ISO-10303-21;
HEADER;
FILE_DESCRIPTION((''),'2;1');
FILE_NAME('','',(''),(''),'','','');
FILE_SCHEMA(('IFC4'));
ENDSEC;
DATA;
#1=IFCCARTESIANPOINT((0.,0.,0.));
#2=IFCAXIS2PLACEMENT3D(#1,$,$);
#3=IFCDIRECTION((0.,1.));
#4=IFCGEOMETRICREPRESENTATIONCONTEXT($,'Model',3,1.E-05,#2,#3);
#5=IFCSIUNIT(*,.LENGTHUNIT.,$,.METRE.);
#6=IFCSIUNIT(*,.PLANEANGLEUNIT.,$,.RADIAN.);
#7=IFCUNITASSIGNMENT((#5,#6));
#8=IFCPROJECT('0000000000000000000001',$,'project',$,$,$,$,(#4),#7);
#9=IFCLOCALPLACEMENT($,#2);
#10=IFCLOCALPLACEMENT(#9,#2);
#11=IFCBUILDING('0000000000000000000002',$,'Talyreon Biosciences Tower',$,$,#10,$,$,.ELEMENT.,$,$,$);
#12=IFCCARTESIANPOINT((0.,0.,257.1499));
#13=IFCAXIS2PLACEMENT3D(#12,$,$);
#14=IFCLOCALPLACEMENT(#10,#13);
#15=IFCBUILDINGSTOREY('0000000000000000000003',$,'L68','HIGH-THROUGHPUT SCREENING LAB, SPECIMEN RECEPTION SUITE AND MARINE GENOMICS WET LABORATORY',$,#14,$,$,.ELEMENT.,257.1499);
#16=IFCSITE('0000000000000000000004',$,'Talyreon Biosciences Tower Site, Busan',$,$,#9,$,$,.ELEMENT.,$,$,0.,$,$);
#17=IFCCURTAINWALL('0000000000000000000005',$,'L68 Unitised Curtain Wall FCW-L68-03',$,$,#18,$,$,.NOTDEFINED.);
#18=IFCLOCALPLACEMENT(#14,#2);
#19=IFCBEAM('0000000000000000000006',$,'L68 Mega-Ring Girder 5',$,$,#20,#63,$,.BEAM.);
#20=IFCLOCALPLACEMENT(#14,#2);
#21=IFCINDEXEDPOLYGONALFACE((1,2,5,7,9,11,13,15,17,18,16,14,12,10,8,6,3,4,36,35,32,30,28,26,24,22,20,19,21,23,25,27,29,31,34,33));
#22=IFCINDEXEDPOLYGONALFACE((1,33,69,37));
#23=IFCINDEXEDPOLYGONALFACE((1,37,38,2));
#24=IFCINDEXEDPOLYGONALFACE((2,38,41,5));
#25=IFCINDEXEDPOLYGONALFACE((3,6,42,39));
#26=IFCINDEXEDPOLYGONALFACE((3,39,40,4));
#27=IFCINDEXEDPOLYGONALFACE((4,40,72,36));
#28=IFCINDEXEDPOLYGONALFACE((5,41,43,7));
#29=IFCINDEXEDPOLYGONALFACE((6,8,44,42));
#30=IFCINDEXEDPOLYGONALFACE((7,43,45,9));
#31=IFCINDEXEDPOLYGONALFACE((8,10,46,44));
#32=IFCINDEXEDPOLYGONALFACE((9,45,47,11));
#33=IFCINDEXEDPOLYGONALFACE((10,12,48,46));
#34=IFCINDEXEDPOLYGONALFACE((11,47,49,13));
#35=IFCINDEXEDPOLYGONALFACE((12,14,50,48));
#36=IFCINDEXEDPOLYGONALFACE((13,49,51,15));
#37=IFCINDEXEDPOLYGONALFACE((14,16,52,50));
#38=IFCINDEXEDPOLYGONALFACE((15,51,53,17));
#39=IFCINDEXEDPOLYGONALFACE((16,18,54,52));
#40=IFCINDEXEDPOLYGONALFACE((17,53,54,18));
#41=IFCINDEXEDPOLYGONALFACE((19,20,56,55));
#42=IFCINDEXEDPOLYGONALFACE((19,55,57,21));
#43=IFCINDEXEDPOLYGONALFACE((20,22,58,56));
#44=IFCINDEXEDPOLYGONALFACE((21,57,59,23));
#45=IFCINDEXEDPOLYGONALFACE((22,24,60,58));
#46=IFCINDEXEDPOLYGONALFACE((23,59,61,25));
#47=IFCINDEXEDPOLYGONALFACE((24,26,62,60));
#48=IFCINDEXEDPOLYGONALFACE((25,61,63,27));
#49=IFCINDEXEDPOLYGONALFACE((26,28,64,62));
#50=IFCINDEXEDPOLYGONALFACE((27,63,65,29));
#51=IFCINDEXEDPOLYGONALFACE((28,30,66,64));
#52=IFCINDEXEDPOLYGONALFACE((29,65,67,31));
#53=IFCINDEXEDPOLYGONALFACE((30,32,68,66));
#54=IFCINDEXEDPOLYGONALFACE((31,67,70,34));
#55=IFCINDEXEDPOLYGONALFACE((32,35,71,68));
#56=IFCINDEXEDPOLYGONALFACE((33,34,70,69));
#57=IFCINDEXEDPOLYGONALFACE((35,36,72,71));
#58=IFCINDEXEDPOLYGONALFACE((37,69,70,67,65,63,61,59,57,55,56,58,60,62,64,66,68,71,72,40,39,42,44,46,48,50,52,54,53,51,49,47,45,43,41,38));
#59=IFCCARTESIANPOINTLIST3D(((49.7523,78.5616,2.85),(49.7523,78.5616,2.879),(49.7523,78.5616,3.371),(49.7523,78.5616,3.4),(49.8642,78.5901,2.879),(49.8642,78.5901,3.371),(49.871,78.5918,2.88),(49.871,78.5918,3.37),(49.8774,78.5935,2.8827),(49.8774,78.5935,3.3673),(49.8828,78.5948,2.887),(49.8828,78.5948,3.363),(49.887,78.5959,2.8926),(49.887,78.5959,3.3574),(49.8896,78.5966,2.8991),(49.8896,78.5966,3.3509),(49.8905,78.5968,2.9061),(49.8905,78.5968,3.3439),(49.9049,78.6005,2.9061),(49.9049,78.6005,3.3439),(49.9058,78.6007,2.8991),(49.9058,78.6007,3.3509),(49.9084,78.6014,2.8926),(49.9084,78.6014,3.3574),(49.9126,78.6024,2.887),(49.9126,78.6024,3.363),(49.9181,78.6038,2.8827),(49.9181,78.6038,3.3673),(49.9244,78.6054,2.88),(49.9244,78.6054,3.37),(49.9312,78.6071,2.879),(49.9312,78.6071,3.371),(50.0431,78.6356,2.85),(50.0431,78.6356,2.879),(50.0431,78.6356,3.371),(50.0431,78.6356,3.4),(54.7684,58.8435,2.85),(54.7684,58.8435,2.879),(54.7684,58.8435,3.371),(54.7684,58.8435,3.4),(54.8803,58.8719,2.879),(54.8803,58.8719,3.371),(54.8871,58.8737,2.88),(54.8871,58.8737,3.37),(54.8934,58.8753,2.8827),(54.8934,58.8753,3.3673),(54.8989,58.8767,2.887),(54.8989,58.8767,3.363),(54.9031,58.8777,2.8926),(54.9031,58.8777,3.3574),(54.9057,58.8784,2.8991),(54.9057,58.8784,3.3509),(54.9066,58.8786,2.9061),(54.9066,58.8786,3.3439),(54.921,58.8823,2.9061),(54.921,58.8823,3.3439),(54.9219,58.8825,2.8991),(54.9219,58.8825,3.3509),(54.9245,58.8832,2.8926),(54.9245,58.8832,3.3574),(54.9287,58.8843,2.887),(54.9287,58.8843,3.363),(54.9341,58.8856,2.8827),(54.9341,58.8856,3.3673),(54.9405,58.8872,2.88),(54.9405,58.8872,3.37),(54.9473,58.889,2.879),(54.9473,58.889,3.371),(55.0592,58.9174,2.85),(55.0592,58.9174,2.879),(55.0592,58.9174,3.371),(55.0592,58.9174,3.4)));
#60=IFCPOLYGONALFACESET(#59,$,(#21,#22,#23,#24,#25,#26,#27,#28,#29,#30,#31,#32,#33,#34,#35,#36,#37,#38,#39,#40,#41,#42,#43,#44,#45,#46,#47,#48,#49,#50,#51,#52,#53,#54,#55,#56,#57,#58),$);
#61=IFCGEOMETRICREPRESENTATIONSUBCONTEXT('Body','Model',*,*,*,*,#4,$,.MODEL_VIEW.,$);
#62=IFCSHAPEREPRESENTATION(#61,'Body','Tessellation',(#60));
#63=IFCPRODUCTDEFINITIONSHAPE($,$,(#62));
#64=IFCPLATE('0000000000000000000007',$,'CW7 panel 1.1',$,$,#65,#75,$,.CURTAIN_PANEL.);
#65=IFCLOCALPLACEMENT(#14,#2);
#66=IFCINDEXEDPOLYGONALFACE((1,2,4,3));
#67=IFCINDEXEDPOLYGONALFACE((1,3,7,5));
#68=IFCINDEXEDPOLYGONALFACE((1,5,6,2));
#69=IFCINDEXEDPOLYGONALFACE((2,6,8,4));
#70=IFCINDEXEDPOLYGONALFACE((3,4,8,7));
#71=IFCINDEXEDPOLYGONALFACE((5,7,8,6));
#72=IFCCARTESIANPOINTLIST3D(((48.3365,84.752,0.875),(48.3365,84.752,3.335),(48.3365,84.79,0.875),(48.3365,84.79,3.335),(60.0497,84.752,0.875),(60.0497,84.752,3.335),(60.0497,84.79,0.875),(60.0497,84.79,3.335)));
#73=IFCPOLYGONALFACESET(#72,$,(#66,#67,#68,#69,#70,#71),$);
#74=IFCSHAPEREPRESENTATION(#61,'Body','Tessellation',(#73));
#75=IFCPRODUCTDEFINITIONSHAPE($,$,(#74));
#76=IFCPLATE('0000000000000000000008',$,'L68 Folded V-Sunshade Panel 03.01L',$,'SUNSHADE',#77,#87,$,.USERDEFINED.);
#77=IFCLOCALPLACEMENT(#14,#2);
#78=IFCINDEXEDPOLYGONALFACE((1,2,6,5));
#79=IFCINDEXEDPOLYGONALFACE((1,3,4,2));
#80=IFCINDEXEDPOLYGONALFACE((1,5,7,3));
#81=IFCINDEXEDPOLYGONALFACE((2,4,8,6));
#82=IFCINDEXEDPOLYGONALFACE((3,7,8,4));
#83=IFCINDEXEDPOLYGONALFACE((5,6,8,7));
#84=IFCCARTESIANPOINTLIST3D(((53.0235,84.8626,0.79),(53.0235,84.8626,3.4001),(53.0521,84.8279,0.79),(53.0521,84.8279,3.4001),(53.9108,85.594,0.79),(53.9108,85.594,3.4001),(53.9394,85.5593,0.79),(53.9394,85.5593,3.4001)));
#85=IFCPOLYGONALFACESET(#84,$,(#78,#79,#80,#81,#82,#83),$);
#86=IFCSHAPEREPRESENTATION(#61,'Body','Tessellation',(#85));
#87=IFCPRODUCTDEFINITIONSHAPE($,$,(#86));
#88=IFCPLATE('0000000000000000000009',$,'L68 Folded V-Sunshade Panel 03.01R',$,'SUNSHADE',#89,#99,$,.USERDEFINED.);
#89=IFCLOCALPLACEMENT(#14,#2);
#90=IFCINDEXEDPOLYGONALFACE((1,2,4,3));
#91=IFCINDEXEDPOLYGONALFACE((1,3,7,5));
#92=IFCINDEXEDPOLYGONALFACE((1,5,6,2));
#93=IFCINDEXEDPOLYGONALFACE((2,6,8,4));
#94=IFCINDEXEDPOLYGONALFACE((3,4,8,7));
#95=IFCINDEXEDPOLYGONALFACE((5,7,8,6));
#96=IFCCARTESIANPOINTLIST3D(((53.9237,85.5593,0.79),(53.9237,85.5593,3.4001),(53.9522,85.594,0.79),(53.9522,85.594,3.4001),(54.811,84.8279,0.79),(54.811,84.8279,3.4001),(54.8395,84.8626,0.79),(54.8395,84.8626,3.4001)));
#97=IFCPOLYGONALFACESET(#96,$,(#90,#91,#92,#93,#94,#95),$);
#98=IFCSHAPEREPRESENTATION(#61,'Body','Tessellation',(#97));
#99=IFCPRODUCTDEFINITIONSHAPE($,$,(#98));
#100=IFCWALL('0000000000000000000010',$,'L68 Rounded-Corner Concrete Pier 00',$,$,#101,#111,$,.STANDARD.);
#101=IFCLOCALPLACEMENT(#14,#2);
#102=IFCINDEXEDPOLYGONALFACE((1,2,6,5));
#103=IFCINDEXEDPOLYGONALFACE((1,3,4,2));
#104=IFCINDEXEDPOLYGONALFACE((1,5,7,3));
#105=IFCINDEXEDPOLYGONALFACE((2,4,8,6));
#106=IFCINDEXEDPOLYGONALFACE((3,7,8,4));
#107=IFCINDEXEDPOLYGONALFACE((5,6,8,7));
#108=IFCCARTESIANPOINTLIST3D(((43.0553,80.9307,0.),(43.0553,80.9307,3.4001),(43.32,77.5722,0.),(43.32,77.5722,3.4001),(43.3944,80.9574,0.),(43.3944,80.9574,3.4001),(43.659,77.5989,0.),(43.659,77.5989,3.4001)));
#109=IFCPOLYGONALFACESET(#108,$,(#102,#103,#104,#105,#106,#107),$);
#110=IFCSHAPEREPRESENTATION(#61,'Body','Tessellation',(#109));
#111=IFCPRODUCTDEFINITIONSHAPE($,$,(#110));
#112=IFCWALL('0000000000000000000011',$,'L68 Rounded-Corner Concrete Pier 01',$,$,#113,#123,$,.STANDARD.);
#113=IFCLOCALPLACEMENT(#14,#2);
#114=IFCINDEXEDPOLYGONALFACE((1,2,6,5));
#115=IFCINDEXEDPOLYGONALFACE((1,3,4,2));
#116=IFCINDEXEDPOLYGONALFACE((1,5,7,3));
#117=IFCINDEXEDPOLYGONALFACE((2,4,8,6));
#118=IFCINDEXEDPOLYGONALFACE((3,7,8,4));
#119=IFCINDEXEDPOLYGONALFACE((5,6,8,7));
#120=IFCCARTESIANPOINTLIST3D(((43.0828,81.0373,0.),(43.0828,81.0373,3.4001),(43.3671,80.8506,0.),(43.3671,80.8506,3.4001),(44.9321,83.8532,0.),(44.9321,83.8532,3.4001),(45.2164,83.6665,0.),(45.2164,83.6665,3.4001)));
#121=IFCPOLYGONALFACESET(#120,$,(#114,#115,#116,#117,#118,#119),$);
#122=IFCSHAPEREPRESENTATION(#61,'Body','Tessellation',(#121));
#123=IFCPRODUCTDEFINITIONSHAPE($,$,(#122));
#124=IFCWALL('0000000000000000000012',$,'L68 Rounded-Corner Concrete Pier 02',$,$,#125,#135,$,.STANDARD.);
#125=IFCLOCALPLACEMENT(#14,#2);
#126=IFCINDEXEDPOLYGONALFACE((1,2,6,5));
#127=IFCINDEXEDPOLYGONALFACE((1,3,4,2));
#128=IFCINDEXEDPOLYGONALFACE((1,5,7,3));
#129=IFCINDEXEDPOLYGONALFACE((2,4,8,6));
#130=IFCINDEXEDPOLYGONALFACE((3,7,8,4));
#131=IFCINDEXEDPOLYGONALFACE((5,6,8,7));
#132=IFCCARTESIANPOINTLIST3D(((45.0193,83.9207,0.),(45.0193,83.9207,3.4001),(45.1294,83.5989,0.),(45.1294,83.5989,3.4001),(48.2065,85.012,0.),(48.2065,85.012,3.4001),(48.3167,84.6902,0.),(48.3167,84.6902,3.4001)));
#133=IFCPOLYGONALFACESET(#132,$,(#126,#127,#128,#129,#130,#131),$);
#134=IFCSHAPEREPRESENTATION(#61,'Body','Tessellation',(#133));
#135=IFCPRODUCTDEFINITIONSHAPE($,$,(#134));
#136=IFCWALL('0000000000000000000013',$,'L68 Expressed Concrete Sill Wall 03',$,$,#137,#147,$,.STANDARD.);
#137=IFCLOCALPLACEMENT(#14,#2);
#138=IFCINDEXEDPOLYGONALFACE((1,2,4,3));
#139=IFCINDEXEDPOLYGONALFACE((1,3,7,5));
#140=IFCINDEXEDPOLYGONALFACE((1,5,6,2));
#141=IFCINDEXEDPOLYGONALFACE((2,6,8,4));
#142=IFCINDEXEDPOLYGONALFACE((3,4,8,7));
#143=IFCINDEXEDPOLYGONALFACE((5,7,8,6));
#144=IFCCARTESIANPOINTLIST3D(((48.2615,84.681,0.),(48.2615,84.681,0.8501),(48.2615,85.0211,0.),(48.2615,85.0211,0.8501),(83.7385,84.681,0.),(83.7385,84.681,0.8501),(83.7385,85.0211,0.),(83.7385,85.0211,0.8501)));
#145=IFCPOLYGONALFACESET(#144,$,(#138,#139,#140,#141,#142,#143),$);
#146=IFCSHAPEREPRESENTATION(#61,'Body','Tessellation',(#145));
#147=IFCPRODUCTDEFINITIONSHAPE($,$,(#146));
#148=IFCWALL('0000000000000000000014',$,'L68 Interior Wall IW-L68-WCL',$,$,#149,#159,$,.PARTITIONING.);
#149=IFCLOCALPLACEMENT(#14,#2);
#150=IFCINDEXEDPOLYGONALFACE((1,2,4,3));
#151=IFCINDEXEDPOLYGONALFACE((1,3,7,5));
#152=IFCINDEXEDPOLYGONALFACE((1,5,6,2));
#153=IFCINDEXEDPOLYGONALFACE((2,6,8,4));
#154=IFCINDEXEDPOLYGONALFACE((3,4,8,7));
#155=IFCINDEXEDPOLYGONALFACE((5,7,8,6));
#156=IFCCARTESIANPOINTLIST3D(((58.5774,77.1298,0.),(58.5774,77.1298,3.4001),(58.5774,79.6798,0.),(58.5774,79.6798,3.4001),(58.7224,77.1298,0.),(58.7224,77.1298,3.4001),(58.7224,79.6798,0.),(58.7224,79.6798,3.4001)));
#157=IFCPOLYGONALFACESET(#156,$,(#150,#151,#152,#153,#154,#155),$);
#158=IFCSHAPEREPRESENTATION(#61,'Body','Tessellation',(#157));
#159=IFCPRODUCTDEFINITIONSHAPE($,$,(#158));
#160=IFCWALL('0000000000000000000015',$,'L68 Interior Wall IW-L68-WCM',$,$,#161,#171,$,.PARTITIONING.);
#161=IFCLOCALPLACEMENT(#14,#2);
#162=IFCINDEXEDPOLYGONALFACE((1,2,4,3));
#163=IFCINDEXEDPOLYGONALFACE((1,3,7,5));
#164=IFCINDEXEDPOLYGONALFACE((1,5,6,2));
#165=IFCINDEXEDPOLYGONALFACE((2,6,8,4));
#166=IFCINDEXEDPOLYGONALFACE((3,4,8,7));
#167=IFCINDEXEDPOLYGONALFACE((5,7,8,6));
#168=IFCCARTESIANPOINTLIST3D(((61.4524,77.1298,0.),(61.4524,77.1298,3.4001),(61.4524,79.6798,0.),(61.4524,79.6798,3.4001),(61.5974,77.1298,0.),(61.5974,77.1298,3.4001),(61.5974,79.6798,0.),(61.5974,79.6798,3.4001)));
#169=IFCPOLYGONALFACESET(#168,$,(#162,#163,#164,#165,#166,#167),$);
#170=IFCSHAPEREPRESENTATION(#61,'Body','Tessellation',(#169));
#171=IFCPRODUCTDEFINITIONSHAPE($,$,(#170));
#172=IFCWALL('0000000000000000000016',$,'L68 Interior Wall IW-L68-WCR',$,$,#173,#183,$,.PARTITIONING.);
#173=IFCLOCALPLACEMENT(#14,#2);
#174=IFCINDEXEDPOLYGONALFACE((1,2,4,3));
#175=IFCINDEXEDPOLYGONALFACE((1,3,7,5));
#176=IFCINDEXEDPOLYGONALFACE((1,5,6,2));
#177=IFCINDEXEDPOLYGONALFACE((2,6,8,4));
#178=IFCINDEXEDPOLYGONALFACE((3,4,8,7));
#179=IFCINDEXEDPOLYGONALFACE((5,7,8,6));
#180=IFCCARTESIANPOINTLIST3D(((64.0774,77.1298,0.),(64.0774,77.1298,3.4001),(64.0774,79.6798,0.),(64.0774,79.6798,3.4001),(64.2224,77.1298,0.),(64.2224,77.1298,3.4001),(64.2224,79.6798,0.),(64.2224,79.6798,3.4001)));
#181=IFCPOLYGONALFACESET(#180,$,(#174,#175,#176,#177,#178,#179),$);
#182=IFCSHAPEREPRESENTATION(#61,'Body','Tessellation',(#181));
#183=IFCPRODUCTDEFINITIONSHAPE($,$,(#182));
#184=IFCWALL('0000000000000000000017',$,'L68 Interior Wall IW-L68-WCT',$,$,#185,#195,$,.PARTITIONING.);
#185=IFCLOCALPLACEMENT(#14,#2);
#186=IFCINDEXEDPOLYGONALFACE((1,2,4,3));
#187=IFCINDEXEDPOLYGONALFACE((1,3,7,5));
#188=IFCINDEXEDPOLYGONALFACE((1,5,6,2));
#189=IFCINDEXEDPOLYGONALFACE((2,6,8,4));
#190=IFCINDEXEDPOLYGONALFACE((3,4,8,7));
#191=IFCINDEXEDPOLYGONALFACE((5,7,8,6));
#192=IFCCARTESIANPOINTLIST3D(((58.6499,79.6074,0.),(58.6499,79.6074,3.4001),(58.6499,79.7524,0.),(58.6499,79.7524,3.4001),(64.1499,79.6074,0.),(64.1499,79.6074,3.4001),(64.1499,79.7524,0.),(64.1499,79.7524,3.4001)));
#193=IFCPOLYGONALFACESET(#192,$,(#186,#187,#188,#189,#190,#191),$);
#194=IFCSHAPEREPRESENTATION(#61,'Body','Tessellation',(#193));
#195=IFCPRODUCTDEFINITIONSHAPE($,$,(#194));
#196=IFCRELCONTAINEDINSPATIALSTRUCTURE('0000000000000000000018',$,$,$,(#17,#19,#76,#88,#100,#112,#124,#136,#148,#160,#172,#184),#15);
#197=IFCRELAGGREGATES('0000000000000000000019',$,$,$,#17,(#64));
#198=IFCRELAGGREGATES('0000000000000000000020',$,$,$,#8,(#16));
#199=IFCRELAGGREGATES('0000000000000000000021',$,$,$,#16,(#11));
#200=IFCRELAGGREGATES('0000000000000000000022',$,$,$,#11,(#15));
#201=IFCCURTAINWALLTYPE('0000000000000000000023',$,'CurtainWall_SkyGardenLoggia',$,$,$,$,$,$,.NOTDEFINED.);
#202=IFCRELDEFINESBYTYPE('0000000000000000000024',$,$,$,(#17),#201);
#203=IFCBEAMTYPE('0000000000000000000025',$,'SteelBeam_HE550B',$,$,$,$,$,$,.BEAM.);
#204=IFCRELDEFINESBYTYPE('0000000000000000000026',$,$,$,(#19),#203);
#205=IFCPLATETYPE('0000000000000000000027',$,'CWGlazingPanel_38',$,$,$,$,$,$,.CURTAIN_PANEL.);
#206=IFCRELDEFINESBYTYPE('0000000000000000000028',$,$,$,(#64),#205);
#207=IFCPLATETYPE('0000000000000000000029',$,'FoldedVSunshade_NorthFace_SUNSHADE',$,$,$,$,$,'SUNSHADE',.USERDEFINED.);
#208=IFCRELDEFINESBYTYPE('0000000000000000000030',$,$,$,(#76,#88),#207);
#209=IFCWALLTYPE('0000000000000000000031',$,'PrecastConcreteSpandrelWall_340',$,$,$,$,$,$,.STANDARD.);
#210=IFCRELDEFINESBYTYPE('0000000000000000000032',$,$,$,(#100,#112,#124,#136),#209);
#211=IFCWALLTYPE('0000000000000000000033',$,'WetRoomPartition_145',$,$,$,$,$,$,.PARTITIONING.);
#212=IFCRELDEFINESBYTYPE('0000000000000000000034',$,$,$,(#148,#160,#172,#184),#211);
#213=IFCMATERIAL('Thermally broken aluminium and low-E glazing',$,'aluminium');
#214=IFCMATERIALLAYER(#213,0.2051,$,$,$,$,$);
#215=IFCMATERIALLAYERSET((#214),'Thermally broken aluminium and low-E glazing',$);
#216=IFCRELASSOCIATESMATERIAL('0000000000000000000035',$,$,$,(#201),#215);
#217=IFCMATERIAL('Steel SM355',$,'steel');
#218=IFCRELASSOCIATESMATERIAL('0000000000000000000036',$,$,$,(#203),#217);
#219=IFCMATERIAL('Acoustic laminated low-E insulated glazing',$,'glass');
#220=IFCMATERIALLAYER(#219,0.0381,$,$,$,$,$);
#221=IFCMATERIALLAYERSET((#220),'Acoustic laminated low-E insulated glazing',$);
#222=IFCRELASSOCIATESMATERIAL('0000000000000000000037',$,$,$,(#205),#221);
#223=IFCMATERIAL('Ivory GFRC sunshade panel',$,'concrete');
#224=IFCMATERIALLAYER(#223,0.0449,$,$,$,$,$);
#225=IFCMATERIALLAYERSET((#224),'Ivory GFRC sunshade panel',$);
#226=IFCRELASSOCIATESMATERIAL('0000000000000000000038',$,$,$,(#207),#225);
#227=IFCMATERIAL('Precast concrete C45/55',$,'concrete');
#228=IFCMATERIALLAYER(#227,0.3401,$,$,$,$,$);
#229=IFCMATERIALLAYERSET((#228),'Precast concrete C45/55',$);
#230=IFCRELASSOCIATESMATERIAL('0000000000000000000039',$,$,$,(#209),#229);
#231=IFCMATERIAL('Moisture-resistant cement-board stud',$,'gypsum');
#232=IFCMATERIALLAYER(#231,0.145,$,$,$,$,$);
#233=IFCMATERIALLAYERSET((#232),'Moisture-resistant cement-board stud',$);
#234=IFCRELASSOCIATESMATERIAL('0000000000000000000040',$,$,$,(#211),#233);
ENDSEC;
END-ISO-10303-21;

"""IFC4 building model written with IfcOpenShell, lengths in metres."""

from ifc_helpers import new_model, si_unit, direction, frame, frame_2d, origin, origin_2d, place, context, subcontext, project, spatial, rectangle, i_section, extrude, material, layer, layer_set, material_profile, profile_set, type_object, element, aggregate, save


model = new_model("IFC4")

# Units and contexts
model_context = context("Model", 3, precision=1e-05, world=origin(), true_north=direction((0.0, 1.0)))
body_context = subcontext(model_context, "Body", "Model", "MODEL_VIEW")
ifc_project = project(units=[si_unit("LENGTHUNIT", "METRE"), si_unit("PLANEANGLEUNIT", "RADIAN")], contexts=[model_context])

# Site, building, storey
site_placement = place(None, origin())
site = spatial("IfcSite", under=ifc_project, at=site_placement, Name="Talyreon Biosciences Tower Site, Busan", CompositionType="ELEMENT", RefElevation=0.0)
building_placement = place(site_placement, origin())
building = spatial("IfcBuilding", under=site, at=building_placement, Name="Talyreon Biosciences Tower", CompositionType="ELEMENT")
storey_placement = place(building_placement, frame((0.0, 0.0, 257.1499)))
storey = spatial("IfcBuildingStorey", under=building, at=storey_placement, Name="L68", Description="HIGH-THROUGHPUT SCREENING LAB, SPECIMEN RECEPTION SUITE AND MARINE GENOMICS WET LABORATORY", CompositionType="ELEMENT", Elevation=257.1499)

# Curtain wall
ifc_material_1 = material(Name="Thermally broken aluminium and low-E glazing", Category="aluminium")
ifc_layer_1 = layer(ifc_material_1, 0.2051)
ifc_layer_set_1 = layer_set([ifc_layer_1], Name="Thermally broken aluminium and low-E glazing")
curtain_wall_type = type_object("IfcCurtainWallType", Name="CurtainWall_SkyGardenLoggia", PredefinedType="NOTDEFINED", material=ifc_layer_set_1)
curtain_wall_1_placement = place(storey_placement, origin())
curtain_wall_1 = element("IfcCurtainWall", 1, at=curtain_wall_1_placement, inside=storey, type_object=curtain_wall_type, Name="L68 Unitised Curtain Wall FCW-L68-03", PredefinedType="NOTDEFINED")

# Beam
ifc_material_2 = material(Name="Precast concrete C45/55", Category="concrete")
ifc_material_3 = material(Name="Steel SM355", Category="steel")
ifc_material_profile_1 = material_profile(ifc_material_3, i_section(OverallWidth=0.3, OverallDepth=0.55, WebThickness=0.0149, FlangeThickness=0.0291, FilletRadius=0.0271, at=origin_2d()), Name="HE550B")
ifc_profile_set_1 = profile_set([ifc_material_profile_1], Name="Steel SM355")
beam_type_1 = type_object("IfcBeamType", Name="SteelBeam_HE550B", PredefinedType="BEAM", material=ifc_profile_set_1)
beam_1_placement = place(storey_placement, frame((49.8977, 78.5986, 3.125), z_axis=(0.246537, -0.969133, 0.0), x_axis=(0.969133, 0.246537, 0.0)))
element("IfcBeam", 2, at=beam_1_placement, inside=storey, type_object=beam_type_1, Name="L68 Mega-Ring Girder 5", PredefinedType="BEAM", context=body_context, shape_type="SweptSolid", body=[
    extrude(i_section(OverallWidth=0.3, OverallDepth=0.55, WebThickness=0.0149, FlangeThickness=0.0291, FilletRadius=0.0271, at=origin_2d()), origin(), (0.0, 0.0, 1.0), 20.3462),
])

# Plate
ifc_material_4 = material(Name="Acoustic laminated low-E insulated glazing", Category="glass")
ifc_layer_2 = layer(ifc_material_4, 0.0381)
ifc_layer_set_2 = layer_set([ifc_layer_2], Name="Acoustic laminated low-E insulated glazing")
plate_type_1 = type_object("IfcPlateType", Name="CWGlazingPanel_38", PredefinedType="CURTAIN_PANEL", material=ifc_layer_set_2)
plate_placement = place(storey_placement, frame((54.1931, 84.771, 0.875), z_axis=(0.0, 0.0, 1.0), x_axis=(1.0, 0.0, 0.0)))
plate = element("IfcPlate", 3, at=plate_placement, type_object=plate_type_1, Name="CW7 panel 1.1", PredefinedType="CURTAIN_PANEL", context=body_context, shape_type="SweptSolid", body=[
    extrude(rectangle(XDim=11.7131, YDim=0.0381, at=origin_2d()), origin(), (0.0, 0.0, 1.0), 2.46),
])
aggregate(curtain_wall_1, [plate])

# Plates
ifc_material_5 = material(Name="Ivory GFRC sunshade panel", Category="concrete")
ifc_layer_3 = layer(ifc_material_5, 0.0449)
ifc_layer_set_3 = layer_set([ifc_layer_3], Name="Ivory GFRC sunshade panel")
plate_type_2 = type_object("IfcPlateType", Name="FoldedVSunshade_NorthFace_SUNSHADE", ElementType="SUNSHADE", PredefinedType="USERDEFINED", material=ifc_layer_set_3)
for number, where, z_axis, x_axis, name in (
    (4, (53.4814, 85.2109, 0.79), (0.0, 0.0, 1.0), (0.771625, 0.636078, 0.0), "L68 Folded V-Sunshade Panel 03.01L"),
    (5, (54.3816, 85.2109, 0.79), (0.0, 0.0, 1.0), (0.771625, -0.636078, 0.0), "L68 Folded V-Sunshade Panel 03.01R"),
):
    element("IfcPlate", number, at=place(storey_placement, frame(where, z_axis=z_axis, x_axis=x_axis)), inside=storey, type_object=plate_type_2, Name=name, ObjectType="SUNSHADE", PredefinedType="USERDEFINED", context=body_context, shape_type="SweptSolid", body=[
        extrude(rectangle(XDim=1.1499, YDim=0.0449, at=origin_2d()), origin(), (0.0, 0.0, 1.0), 2.6101),
    ])

# Walls
ifc_layer_4 = layer(ifc_material_2, 0.3401)
ifc_layer_set_4 = layer_set([ifc_layer_4], Name="Precast concrete C45/55")
wall_type_1 = type_object("IfcWallType", Name="PrecastConcreteSpandrelWall_340", PredefinedType="STANDARD", material=ifc_layer_set_4)
for number, where, z_axis, x_axis, name in (
    (6, (43.4895, 77.5854, 0.0), (0.0, 0.0, 1.0), (-0.078558, 0.99691, 0.0), "L68 Rounded-Corner Concrete Pier 00"),
    (7, (43.2249, 80.9438, 0.0), (0.0, 0.0, 1.0), (0.548951, 0.835855, 0.0), "L68 Rounded-Corner Concrete Pier 01"),
    (8, (45.0742, 83.7598, 0.0), (0.0, 0.0, 1.0), (0.946079, 0.323935, 0.0), "L68 Rounded-Corner Concrete Pier 02"),
):
    element("IfcWall", number, at=place(storey_placement, frame(where, z_axis=z_axis, x_axis=x_axis)), inside=storey, type_object=wall_type_1, Name=name, PredefinedType="STANDARD", context=body_context, shape_type="SweptSolid", body=[
        extrude(rectangle(XDim=3.3689, YDim=0.3401, at=frame_2d((1.6846, 0.0))), origin(), (0.0, 0.0, 1.0), 3.4001),
    ])
wall_1_placement = place(storey_placement, frame((48.2615, 84.8511, 0.0), z_axis=(0.0, 0.0, 1.0), x_axis=(1.0, 0.0, 0.0)))
element("IfcWall", 9, at=wall_1_placement, inside=storey, type_object=wall_type_1, Name="L68 Expressed Concrete Sill Wall 03", PredefinedType="STANDARD", context=body_context, shape_type="SweptSolid", body=[
    extrude(rectangle(XDim=35.4771, YDim=0.3401, at=frame_2d((17.7385, 0.0))), origin(), (0.0, 0.0, 1.0), 0.8501),
])
ifc_material_6 = material(Name="Moisture-resistant cement-board stud", Category="gypsum")
ifc_layer_5 = layer(ifc_material_6, 0.145)
ifc_layer_set_5 = layer_set([ifc_layer_5], Name="Moisture-resistant cement-board stud")
wall_type_2 = type_object("IfcWallType", Name="WetRoomPartition_145", PredefinedType="PARTITIONING", material=ifc_layer_set_5)
for number, where, z_axis, x_axis, name in (
    (10, (58.6499, 77.1299, 0.0), (0.0, 0.0, 1.0), (0.0, 1.0, 0.0), "L68 Interior Wall IW-L68-WCL"),
    (11, (61.5249, 77.1299, 0.0), (0.0, 0.0, 1.0), (0.0, 1.0, 0.0), "L68 Interior Wall IW-L68-WCM"),
    (12, (64.1499, 77.1299, 0.0), (0.0, 0.0, 1.0), (0.0, 1.0, 0.0), "L68 Interior Wall IW-L68-WCR"),
):
    element("IfcWall", number, at=place(storey_placement, frame(where, z_axis=z_axis, x_axis=x_axis)), inside=storey, type_object=wall_type_2, Name=name, PredefinedType="PARTITIONING", context=body_context, shape_type="SweptSolid", body=[
        extrude(rectangle(XDim=2.55, YDim=0.145, at=frame_2d((1.2749, 0.0))), origin(), (0.0, 0.0, 1.0), 3.4001),
    ])
wall_2_placement = place(storey_placement, frame((58.6499, 79.6799, 0.0), z_axis=(0.0, 0.0, 1.0), x_axis=(1.0, 0.0, 0.0)))
element("IfcWall", 13, at=wall_2_placement, inside=storey, type_object=wall_type_2, Name="L68 Interior Wall IW-L68-WCT", PredefinedType="PARTITIONING", context=body_context, shape_type="SweptSolid", body=[
    extrude(rectangle(XDim=5.5, YDim=0.145, at=frame_2d((2.75, 0.0))), origin(), (0.0, 0.0, 1.0), 3.4001),
])

save(model, "model.ifc")
